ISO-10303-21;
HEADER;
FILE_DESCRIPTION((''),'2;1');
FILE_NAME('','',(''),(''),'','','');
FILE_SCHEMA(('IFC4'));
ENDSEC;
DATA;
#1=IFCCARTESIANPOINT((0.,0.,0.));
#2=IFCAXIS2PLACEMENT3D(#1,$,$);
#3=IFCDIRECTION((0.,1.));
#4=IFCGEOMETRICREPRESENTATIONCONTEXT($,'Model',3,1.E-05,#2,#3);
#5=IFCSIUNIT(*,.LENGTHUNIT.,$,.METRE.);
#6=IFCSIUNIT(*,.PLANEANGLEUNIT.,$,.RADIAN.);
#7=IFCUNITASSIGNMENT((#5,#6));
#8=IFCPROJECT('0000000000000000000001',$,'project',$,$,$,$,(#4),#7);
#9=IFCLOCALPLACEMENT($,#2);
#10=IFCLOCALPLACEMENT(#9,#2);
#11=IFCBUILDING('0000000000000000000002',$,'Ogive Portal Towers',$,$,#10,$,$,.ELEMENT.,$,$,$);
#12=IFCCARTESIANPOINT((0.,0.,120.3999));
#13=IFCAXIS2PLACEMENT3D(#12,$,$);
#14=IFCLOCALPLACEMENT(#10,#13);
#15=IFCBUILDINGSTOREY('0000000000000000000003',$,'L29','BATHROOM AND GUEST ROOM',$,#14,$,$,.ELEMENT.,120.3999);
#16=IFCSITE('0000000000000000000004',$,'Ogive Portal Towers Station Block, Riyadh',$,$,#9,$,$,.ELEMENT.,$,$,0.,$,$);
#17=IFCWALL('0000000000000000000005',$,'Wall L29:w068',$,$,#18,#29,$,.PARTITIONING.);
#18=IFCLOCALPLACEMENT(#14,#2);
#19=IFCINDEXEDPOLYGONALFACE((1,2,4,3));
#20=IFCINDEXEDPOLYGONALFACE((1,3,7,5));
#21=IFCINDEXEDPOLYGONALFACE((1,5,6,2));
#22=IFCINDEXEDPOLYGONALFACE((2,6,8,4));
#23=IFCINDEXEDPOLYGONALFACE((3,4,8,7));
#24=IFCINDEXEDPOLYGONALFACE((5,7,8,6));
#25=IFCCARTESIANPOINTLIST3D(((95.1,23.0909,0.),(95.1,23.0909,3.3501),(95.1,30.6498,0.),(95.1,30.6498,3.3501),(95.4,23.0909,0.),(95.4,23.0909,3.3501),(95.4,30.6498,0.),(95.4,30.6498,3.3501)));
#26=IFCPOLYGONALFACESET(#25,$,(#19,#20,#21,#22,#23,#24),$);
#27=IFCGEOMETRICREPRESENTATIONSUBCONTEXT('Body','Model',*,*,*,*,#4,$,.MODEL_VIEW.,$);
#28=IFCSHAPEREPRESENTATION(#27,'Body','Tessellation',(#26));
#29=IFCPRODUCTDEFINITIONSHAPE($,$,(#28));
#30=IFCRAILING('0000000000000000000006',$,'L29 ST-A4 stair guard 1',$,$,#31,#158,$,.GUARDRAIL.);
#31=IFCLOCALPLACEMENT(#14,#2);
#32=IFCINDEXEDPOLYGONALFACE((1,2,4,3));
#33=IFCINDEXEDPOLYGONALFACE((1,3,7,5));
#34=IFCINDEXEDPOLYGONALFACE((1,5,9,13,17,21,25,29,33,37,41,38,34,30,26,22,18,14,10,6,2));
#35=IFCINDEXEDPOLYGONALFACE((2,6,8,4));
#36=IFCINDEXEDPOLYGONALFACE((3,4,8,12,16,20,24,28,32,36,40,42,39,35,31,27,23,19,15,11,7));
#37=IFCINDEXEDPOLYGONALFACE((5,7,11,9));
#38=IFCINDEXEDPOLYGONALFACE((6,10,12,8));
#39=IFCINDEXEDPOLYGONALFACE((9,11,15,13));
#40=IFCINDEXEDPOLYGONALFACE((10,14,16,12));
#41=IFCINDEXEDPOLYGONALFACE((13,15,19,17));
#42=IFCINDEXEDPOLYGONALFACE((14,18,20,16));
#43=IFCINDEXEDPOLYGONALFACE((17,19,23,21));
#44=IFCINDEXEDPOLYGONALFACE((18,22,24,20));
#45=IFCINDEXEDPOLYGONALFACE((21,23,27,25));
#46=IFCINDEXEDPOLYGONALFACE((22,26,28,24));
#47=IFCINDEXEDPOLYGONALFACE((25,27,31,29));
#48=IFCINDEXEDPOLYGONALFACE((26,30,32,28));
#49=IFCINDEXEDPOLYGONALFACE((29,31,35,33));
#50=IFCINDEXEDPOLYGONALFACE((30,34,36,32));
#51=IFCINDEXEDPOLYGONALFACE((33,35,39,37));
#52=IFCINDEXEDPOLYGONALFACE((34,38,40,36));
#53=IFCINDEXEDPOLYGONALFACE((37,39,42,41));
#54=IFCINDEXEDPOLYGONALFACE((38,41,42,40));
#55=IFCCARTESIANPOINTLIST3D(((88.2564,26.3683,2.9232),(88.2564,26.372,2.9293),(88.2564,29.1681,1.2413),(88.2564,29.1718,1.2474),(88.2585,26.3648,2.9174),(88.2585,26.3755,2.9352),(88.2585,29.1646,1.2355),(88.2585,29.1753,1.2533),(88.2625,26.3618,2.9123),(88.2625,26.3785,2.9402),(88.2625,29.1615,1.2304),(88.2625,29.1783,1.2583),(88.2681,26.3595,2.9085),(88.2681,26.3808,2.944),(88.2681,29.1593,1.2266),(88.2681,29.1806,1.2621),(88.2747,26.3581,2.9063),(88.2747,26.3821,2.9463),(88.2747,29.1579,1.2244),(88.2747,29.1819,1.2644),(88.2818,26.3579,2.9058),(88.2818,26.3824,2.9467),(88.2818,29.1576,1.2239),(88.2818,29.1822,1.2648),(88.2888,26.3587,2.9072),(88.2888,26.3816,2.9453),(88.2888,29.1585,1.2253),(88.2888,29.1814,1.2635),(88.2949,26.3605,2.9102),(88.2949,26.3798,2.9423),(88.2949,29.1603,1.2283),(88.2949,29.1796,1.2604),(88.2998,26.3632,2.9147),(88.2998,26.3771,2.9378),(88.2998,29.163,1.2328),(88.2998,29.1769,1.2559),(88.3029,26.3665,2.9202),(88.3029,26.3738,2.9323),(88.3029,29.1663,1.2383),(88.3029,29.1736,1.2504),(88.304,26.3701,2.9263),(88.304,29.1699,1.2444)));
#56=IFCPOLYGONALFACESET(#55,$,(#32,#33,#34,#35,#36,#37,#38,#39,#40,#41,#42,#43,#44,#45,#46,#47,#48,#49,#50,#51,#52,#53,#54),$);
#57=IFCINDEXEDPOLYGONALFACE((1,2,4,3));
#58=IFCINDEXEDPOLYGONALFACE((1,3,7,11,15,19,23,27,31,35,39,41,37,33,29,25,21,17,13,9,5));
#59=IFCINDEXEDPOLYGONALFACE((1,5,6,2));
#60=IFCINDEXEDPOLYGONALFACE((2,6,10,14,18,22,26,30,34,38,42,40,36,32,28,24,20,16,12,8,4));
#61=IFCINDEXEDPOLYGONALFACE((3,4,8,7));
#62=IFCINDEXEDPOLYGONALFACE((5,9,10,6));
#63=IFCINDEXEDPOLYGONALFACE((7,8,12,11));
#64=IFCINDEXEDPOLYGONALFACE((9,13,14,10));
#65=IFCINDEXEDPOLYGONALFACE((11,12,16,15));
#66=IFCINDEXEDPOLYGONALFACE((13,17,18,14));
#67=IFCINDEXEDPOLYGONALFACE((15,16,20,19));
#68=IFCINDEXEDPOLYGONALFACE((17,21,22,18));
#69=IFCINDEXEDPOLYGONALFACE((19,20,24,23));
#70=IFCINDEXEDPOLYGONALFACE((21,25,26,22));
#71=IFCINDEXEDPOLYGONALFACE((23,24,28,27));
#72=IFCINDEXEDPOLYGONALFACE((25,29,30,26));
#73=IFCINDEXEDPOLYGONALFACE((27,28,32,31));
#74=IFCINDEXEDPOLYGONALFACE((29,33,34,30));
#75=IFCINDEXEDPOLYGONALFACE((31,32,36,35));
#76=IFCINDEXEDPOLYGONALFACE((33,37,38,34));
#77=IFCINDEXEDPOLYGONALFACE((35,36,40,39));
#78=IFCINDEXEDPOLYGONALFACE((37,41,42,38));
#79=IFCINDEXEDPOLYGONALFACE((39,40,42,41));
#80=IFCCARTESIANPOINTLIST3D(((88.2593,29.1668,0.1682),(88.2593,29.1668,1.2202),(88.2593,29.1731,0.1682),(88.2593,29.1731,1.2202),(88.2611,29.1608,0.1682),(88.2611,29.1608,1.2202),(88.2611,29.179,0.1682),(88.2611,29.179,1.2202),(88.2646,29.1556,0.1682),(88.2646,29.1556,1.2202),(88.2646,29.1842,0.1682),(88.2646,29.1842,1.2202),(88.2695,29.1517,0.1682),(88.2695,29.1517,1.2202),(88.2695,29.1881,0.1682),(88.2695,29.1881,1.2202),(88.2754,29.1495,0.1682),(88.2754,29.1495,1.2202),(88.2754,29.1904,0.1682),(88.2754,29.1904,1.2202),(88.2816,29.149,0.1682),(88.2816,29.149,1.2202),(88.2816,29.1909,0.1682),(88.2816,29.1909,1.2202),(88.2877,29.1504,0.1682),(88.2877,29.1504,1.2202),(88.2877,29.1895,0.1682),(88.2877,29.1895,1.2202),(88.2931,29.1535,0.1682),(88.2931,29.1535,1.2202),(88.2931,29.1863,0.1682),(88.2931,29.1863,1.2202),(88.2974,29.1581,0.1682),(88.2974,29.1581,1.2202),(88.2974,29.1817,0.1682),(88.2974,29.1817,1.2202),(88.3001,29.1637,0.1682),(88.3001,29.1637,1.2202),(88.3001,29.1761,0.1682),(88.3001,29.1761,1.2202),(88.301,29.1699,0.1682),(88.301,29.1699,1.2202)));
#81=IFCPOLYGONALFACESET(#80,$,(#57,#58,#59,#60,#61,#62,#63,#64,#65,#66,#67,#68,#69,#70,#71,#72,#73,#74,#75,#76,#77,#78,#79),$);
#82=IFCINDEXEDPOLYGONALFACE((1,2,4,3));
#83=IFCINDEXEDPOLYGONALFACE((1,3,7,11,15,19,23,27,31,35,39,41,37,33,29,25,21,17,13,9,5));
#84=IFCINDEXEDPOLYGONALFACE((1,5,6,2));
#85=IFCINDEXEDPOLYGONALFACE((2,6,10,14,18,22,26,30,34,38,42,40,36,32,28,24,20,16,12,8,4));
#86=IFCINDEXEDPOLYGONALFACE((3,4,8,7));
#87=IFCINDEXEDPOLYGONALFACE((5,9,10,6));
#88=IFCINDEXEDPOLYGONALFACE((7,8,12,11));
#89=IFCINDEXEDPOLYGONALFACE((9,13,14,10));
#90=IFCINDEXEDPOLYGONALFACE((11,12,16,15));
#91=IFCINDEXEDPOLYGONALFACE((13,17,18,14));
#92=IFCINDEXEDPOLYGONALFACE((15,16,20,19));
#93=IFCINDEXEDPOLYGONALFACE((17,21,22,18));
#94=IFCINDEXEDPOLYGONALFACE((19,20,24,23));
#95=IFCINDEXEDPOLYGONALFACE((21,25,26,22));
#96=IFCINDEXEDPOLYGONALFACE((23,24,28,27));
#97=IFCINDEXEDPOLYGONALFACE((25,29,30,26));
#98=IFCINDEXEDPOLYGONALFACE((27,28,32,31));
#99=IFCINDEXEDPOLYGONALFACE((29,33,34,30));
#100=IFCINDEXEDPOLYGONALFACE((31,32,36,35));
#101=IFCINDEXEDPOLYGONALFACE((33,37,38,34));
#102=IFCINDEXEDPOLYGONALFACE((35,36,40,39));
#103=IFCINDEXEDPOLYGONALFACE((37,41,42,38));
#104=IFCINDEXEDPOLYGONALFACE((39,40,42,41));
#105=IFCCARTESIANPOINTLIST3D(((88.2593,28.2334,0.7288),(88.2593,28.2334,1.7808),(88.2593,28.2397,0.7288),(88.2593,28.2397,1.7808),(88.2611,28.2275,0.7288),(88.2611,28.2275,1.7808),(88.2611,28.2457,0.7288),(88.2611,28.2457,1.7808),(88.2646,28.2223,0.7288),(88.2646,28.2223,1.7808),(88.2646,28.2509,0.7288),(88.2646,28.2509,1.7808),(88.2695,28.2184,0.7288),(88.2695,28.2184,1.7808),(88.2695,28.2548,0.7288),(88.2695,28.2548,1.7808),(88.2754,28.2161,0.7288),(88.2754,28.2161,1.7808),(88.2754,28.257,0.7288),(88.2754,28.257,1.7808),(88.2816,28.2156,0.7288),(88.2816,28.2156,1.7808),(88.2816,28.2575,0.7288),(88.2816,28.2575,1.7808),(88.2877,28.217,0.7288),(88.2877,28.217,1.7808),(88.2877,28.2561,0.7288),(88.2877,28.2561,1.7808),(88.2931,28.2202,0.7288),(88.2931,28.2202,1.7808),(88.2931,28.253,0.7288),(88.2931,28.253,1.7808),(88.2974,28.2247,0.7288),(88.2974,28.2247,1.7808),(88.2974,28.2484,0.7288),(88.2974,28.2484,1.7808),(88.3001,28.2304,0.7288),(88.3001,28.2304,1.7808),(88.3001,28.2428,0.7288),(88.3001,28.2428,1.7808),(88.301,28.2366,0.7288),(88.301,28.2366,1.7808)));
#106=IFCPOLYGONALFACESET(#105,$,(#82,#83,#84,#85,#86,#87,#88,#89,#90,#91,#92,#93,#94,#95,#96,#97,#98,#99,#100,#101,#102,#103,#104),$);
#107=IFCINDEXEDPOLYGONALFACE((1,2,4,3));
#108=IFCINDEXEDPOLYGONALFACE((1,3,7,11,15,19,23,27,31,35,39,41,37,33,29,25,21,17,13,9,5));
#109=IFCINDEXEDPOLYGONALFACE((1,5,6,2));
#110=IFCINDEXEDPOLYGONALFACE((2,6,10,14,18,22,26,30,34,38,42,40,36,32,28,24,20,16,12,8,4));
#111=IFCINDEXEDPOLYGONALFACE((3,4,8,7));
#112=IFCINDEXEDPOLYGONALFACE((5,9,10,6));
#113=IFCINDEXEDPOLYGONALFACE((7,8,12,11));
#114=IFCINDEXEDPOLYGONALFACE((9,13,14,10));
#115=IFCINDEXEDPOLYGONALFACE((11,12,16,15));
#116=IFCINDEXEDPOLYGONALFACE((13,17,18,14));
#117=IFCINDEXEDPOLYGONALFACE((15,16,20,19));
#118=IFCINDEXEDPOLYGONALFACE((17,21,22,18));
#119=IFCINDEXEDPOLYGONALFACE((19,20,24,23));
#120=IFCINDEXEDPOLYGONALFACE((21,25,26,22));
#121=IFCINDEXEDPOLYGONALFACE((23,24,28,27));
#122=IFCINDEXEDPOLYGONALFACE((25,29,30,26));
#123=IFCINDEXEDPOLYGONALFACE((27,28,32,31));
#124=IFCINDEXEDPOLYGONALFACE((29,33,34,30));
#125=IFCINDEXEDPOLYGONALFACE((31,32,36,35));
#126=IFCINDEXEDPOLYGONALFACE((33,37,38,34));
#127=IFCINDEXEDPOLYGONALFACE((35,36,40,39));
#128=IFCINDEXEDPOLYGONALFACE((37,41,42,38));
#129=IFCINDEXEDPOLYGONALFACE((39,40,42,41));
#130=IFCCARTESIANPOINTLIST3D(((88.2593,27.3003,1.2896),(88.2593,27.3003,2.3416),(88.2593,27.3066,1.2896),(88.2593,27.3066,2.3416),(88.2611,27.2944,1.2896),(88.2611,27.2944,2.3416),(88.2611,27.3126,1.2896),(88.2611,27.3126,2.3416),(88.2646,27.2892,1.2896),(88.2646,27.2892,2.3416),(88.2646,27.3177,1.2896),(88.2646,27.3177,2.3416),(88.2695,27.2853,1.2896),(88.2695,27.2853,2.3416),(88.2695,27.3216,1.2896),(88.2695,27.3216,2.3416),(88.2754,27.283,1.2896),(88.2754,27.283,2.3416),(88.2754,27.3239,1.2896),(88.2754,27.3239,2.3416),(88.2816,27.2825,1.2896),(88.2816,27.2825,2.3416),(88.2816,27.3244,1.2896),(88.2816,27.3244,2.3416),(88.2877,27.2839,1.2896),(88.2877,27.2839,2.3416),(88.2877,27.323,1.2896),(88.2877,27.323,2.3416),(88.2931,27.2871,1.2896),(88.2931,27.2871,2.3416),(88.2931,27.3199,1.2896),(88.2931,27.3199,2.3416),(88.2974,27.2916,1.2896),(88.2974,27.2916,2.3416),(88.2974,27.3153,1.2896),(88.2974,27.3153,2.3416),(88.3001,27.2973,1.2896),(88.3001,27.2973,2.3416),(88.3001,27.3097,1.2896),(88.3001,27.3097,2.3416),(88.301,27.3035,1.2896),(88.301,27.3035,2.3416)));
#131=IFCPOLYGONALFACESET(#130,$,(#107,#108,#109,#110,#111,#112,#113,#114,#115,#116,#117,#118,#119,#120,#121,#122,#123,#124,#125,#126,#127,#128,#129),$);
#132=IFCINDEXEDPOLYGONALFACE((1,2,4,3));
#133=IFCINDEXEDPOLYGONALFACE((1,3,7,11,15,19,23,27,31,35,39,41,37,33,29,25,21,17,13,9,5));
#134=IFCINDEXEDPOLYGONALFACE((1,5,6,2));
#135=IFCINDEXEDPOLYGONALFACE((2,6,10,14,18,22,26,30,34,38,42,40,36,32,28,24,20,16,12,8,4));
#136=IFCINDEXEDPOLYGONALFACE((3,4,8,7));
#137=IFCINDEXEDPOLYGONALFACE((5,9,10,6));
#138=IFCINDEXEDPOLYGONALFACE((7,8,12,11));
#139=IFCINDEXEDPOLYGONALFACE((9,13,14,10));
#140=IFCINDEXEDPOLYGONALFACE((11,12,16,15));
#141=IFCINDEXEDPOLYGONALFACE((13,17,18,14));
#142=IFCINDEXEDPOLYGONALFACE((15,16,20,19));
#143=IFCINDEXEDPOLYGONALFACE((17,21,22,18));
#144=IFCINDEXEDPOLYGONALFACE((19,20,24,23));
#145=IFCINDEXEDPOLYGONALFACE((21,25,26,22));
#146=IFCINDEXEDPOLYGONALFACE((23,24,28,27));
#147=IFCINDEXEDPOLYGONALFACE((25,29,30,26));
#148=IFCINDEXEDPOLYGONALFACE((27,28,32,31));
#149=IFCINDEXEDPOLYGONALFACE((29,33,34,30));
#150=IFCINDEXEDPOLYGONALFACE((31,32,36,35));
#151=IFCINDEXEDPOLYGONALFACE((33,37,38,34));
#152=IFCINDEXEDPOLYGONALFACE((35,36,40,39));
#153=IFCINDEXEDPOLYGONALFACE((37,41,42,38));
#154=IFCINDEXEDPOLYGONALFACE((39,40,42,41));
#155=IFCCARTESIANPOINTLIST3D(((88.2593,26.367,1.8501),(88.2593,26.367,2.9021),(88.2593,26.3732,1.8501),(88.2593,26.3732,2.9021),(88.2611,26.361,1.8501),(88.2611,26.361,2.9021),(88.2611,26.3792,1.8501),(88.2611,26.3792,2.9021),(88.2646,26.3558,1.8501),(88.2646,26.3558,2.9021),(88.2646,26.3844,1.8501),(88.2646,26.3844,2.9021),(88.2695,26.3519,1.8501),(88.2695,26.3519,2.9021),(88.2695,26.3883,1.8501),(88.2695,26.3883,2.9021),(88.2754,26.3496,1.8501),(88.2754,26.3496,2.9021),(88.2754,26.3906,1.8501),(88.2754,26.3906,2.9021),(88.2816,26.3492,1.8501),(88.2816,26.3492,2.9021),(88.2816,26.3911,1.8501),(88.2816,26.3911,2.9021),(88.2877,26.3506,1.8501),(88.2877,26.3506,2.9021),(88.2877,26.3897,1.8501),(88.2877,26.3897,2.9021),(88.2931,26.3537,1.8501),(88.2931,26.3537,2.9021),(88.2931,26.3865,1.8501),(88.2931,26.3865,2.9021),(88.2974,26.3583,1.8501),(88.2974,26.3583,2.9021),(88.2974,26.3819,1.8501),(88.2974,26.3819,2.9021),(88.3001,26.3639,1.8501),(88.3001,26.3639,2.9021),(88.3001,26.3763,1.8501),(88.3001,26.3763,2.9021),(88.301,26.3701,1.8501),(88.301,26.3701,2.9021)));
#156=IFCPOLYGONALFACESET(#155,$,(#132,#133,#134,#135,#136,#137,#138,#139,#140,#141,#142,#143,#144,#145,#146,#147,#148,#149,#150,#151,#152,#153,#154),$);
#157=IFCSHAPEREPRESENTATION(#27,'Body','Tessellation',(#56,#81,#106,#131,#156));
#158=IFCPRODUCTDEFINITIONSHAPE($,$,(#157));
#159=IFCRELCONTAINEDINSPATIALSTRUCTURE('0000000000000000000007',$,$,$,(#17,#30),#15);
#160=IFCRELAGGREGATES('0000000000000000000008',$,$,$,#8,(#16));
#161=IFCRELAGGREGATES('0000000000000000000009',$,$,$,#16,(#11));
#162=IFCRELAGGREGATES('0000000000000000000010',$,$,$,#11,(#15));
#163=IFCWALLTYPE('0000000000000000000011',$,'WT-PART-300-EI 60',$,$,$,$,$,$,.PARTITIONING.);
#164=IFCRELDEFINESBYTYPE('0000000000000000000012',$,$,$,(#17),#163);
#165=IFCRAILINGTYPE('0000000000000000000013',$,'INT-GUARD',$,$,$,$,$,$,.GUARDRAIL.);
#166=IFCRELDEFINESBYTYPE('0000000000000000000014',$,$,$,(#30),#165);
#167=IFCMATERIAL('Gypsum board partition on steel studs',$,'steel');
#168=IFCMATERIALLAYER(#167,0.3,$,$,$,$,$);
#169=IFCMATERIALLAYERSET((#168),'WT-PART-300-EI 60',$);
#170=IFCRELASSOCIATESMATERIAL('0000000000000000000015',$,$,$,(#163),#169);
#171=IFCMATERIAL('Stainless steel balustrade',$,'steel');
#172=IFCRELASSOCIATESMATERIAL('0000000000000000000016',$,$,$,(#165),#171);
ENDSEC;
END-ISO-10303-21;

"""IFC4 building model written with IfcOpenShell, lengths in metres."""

from ifc_helpers import new_model, si_unit, direction, frame, frame_2d, origin, origin_2d, place, context, subcontext, project, spatial, rectangle, circle, extrude, material, layer, layer_set, type_object, element, save


model = new_model("IFC4")

# Units and contexts
model_context = context("Model", 3, precision=1e-05, world=origin(), true_north=direction((0.0, 1.0)))
body_context = subcontext(model_context, "Body", "Model", "MODEL_VIEW")
ifc_project = project(units=[si_unit("LENGTHUNIT", "METRE"), si_unit("PLANEANGLEUNIT", "RADIAN")], contexts=[model_context])

# Site, building, storey
site_placement = place(None, origin())
site = spatial("IfcSite", under=ifc_project, at=site_placement, Name="Ogive Portal Towers Station Block, Riyadh", CompositionType="ELEMENT", RefElevation=0.0)
building_placement = place(site_placement, origin())
building = spatial("IfcBuilding", under=site, at=building_placement, Name="Ogive Portal Towers", CompositionType="ELEMENT")
storey_placement = place(building_placement, frame((0.0, 0.0, 120.3999)))
storey = spatial("IfcBuildingStorey", under=building, at=storey_placement, Name="L29", Description="BATHROOM AND GUEST ROOM", CompositionType="ELEMENT", Elevation=120.3999)

# Wall
ifc_material_1 = material(Name="Gypsum board partition on steel studs", Category="steel")
ifc_layer_1 = layer(ifc_material_1, 0.3)
ifc_layer_set_1 = layer_set([ifc_layer_1], Name="WT-PART-300-EI 60")
wall_type_1 = type_object("IfcWallType", Name="WT-PART-300-EI 60", PredefinedType="PARTITIONING", material=ifc_layer_set_1)
wall_1_placement = place(storey_placement, frame((95.25, 23.0911, 0.0), z_axis=(0.0, 0.0, 1.0), x_axis=(0.0, 1.0, 0.0)))
element("IfcWall", 1, at=wall_1_placement, inside=storey, type_object=wall_type_1, Name="Wall L29:w068", PredefinedType="PARTITIONING", context=body_context, shape_type="SweptSolid", body=[
    extrude(rectangle(XDim=7.5588, YDim=0.3, at=frame_2d((3.7793, 0.0))), origin(), (0.0, 0.0, 1.0), 3.3501),
])

# Railing
ifc_material_2 = material(Name="Stainless steel balustrade", Category="steel")
railing_type_1 = type_object("IfcRailingType", Name="INT-GUARD", PredefinedType="GUARDRAIL", material=ifc_material_2)
railing_1_placement = place(storey_placement, frame((88.28, 29.1699, 0.1682)))
element("IfcRailing", 2, at=railing_1_placement, inside=storey, type_object=railing_type_1, Name="L29 ST-A4 stair guard 1", PredefinedType="GUARDRAIL", context=body_context, shape_type="SweptSolid", body=[
    extrude(circle(Radius=0.0239, at=origin_2d()), frame((0.0, 0.0, 1.0762), z_axis=(0.0, -0.857222, 0.514946), x_axis=(1.0, 0.0, 0.0)), (0.0, 0.0, 1.0), 3.2661),
    extrude(circle(Radius=0.021, at=origin_2d()), origin(), (0.0, 0.0, 1.0), 1.052),
    extrude(circle(Radius=0.021, at=origin_2d()), frame((0.0, -0.9333, 0.5605)), (0.0, 0.0, 1.0), 1.052),
    extrude(circle(Radius=0.021, at=origin_2d()), frame((0.0, -1.8665, 1.1213)), (0.0, 0.0, 1.0), 1.052),
    extrude(circle(Radius=0.021, at=origin_2d()), frame((0.0, -2.7998, 1.6819)), (0.0, 0.0, 1.0), 1.052),
])

save(model, "model.ifc")
